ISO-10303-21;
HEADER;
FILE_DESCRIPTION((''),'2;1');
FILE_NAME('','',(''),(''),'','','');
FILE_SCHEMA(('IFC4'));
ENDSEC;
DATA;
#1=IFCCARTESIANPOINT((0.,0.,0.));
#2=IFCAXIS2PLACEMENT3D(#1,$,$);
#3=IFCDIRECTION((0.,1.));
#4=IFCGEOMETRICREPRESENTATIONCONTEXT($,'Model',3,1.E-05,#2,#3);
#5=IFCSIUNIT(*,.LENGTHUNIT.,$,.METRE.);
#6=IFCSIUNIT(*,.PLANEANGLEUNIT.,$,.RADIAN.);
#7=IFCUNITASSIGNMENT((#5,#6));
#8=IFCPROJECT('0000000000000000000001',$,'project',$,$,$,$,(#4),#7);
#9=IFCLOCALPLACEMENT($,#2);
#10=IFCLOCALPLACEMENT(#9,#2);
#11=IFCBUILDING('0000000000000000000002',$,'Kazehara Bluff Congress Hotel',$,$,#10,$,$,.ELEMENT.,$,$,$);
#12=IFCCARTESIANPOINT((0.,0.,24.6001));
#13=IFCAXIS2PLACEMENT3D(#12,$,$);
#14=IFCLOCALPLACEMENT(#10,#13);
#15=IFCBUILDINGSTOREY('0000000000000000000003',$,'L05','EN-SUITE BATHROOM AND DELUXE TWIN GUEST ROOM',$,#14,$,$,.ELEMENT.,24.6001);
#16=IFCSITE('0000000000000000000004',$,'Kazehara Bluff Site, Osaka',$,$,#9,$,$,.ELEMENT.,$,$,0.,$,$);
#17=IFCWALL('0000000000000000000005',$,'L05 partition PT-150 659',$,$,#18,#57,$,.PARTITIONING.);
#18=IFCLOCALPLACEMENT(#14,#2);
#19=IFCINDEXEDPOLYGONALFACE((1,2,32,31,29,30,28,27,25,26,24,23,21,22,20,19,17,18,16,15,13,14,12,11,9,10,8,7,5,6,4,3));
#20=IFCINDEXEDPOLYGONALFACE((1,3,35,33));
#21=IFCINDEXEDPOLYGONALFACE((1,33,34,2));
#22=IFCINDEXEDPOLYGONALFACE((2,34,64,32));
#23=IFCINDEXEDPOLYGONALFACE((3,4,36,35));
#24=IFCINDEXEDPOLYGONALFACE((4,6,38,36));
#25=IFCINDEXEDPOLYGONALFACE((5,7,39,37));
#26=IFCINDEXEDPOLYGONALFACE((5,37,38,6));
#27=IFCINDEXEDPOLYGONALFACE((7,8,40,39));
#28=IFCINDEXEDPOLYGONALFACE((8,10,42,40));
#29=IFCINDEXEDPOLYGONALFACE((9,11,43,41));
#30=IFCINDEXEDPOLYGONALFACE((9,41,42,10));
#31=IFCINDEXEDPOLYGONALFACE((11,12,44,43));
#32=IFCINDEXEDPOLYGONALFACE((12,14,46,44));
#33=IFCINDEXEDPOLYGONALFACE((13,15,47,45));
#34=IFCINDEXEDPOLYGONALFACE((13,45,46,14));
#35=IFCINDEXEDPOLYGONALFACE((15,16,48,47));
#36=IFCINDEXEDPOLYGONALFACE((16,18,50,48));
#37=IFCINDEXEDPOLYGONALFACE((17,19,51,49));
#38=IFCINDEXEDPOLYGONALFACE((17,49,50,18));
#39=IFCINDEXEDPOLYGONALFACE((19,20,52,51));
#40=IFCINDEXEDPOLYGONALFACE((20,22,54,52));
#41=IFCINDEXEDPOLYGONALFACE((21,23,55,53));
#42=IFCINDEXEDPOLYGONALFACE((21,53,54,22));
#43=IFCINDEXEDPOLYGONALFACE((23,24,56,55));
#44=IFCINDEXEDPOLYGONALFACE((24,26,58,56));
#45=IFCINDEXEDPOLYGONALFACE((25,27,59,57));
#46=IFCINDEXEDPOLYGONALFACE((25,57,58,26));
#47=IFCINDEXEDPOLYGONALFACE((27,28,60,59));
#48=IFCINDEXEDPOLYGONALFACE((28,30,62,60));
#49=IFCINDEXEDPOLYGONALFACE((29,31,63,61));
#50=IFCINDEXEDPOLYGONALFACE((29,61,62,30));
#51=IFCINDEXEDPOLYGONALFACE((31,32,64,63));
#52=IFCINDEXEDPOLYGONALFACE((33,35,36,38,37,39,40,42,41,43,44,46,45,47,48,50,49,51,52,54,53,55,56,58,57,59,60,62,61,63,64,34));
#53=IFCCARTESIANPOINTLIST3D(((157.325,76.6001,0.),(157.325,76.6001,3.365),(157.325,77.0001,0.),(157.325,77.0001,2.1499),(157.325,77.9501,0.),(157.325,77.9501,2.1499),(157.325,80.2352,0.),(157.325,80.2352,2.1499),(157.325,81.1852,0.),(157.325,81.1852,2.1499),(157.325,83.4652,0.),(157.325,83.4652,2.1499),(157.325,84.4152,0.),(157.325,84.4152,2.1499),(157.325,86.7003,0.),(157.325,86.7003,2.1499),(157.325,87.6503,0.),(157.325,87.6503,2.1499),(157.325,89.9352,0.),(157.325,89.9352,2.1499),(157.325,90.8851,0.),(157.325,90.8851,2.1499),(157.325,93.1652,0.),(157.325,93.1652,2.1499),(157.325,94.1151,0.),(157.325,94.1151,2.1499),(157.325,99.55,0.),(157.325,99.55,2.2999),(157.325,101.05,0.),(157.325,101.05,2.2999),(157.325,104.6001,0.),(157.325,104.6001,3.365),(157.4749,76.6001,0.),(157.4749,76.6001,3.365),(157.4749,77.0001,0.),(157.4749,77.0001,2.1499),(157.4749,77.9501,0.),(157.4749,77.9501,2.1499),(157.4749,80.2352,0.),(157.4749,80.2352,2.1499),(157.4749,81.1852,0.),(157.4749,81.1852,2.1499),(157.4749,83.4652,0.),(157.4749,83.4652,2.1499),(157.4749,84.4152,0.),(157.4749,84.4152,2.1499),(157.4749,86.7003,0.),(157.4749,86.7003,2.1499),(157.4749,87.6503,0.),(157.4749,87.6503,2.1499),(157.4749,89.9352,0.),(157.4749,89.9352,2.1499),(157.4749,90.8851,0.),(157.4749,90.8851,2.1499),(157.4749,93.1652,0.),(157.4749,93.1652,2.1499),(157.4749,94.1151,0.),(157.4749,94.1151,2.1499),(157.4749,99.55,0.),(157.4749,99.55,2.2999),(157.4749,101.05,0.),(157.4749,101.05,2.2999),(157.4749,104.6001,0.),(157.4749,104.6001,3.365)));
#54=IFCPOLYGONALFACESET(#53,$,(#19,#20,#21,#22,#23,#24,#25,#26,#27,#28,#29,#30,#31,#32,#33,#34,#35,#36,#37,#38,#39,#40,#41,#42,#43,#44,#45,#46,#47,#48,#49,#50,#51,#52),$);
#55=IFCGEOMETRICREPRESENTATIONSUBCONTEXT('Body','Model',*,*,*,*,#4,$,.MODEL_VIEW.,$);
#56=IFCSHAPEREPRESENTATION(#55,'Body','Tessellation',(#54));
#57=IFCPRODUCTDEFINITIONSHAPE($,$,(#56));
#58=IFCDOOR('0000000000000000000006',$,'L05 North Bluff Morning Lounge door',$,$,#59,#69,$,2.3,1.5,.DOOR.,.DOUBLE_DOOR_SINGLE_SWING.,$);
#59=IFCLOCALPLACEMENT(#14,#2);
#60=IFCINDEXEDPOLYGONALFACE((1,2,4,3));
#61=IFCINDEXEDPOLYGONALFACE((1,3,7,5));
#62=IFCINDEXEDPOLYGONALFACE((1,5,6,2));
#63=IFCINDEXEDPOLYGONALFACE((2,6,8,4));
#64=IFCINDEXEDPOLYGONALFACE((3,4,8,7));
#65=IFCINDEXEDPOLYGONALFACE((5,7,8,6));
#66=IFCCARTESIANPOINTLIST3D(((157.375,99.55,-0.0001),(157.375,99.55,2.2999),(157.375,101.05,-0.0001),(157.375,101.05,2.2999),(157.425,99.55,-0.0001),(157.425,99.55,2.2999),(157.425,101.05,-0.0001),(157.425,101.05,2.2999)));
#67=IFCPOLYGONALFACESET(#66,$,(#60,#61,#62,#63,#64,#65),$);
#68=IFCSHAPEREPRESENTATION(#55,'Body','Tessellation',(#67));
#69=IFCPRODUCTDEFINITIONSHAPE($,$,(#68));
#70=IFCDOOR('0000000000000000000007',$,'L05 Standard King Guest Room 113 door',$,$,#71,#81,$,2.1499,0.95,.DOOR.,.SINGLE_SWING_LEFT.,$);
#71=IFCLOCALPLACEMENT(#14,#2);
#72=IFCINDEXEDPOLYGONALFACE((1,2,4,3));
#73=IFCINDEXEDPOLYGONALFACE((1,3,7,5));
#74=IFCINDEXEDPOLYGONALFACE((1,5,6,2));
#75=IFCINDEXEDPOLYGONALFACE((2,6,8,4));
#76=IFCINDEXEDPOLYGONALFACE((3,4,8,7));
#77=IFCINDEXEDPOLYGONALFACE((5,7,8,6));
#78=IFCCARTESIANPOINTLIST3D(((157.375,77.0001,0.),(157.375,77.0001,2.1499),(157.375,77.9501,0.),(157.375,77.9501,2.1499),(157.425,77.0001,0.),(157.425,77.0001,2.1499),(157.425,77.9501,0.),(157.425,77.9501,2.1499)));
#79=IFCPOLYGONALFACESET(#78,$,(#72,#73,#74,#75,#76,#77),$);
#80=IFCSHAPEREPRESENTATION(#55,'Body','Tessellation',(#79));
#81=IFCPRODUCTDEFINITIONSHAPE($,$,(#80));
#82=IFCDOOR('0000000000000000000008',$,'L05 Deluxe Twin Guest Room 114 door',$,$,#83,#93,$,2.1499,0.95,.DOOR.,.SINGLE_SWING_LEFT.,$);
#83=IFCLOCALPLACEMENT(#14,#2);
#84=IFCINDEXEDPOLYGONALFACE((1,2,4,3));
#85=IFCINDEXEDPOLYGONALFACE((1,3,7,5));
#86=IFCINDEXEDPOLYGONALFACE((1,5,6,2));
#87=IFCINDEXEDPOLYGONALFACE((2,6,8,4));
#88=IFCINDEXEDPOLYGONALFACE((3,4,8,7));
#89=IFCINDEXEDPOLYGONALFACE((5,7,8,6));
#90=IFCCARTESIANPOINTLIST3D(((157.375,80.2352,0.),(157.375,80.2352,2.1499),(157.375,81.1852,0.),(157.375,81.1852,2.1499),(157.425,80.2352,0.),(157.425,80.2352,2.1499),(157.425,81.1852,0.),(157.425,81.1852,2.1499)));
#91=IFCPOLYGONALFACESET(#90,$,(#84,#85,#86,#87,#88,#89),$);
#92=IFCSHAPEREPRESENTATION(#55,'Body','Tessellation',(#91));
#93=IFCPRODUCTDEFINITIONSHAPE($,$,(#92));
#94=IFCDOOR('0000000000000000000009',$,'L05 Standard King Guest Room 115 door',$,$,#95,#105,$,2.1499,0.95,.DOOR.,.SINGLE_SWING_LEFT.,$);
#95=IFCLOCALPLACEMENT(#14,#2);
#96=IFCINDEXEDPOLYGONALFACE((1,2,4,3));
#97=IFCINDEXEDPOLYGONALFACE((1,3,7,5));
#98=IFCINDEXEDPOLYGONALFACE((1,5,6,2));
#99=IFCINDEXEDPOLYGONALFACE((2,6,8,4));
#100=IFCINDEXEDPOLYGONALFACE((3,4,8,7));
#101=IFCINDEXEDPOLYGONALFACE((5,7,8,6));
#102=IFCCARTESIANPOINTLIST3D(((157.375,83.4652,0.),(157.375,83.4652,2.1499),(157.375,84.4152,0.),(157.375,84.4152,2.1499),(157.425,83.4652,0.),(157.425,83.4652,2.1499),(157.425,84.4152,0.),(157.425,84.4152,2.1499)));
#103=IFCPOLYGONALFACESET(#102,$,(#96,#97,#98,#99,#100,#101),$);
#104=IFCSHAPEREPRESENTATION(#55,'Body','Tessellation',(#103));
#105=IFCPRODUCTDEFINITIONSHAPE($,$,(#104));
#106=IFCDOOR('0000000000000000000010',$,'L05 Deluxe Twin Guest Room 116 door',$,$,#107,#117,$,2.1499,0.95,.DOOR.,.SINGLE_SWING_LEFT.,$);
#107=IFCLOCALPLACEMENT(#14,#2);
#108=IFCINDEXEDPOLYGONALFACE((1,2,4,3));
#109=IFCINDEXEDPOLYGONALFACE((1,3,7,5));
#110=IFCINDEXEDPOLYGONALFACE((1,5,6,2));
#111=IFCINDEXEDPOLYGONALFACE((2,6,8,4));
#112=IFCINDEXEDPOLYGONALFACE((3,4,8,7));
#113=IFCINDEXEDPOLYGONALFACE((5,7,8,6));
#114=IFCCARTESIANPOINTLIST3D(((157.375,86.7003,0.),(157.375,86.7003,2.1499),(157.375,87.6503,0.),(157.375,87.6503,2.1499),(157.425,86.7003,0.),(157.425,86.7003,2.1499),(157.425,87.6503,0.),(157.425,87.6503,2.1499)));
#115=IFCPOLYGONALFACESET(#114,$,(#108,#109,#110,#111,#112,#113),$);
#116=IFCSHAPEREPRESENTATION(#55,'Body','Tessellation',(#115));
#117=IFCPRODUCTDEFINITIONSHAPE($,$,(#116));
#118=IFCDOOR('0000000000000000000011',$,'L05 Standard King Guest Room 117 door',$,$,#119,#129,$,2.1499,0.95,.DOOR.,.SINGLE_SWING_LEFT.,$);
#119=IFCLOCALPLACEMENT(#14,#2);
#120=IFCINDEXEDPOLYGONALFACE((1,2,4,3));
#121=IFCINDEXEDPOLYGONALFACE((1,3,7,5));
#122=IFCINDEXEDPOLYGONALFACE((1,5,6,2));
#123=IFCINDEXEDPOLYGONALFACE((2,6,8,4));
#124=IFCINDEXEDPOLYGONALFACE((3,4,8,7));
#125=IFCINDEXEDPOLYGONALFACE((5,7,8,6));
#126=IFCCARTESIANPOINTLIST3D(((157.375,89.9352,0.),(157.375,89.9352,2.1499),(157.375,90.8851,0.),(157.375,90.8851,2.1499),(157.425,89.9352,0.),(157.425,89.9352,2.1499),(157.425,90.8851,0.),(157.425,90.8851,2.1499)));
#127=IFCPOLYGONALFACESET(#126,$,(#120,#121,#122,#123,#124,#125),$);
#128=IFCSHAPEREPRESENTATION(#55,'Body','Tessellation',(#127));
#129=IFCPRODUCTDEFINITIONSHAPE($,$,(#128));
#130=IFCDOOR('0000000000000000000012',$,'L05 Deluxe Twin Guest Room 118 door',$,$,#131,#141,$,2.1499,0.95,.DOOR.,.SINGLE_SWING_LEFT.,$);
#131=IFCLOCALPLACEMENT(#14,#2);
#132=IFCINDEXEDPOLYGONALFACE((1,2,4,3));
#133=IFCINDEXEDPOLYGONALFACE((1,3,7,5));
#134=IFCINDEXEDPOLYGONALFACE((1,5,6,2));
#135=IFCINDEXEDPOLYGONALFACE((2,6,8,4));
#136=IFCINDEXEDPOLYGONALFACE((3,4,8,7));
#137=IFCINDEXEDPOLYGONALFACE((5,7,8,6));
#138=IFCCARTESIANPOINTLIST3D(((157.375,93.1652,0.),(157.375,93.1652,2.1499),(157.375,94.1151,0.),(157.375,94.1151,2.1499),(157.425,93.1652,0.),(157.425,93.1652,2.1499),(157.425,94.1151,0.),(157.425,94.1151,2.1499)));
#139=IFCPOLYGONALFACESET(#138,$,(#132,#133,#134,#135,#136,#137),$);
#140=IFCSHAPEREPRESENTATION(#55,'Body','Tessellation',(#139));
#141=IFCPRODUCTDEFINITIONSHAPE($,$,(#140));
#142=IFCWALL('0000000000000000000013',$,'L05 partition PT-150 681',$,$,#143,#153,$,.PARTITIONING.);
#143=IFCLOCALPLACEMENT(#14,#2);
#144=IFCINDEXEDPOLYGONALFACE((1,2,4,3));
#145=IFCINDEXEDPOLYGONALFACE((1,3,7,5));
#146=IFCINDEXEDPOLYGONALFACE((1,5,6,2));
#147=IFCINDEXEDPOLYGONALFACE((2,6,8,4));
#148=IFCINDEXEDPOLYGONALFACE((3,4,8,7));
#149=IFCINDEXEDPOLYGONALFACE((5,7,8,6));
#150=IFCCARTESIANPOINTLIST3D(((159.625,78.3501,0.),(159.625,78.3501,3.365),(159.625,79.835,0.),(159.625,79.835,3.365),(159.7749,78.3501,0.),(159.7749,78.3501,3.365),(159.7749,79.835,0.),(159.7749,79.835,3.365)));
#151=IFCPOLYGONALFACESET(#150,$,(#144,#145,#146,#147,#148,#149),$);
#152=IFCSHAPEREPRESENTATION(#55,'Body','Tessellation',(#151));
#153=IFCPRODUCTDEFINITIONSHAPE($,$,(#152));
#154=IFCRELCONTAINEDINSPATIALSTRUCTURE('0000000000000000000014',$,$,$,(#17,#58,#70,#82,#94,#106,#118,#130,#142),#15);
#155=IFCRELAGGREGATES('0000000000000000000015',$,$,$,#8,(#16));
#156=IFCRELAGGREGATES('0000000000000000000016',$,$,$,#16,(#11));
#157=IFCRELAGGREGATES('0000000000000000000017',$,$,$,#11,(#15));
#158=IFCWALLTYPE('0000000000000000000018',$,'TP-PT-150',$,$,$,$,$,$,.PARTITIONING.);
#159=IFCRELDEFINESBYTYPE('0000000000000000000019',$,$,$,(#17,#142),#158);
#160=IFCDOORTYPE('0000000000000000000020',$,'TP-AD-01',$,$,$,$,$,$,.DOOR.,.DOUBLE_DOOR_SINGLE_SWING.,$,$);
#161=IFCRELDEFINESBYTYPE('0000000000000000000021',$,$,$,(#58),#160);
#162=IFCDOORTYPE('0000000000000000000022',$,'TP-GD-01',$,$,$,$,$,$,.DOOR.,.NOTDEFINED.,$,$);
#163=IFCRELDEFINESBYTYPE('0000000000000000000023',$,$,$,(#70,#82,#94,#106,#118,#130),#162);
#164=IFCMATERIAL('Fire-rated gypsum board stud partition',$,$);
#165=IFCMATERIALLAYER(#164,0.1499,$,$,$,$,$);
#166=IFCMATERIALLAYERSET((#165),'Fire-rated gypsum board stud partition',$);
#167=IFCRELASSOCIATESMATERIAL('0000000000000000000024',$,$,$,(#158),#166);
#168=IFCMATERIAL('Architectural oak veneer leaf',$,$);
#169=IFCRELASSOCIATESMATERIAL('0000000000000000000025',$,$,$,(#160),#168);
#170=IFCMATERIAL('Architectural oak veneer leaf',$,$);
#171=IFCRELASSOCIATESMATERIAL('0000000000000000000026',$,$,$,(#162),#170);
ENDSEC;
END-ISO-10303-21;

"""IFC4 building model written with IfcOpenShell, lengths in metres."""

from ifc_helpers import new_model, si_unit, direction, frame, frame_2d, origin, place, context, subcontext, project, spatial, rectangle, extrude, material, layer, layer_set, type_object, element, fill, save


model = new_model("IFC4")

# Units and contexts
model_context = context("Model", 3, precision=1e-05, world=origin(), true_north=direction((0.0, 1.0)))
body_context = subcontext(model_context, "Body", "Model", "MODEL_VIEW")
ifc_project = project(units=[si_unit("LENGTHUNIT", "METRE"), si_unit("PLANEANGLEUNIT", "RADIAN")], contexts=[model_context])

# Site, building, storey
site_placement = place(None, origin())
site = spatial("IfcSite", under=ifc_project, at=site_placement, Name="Kazehara Bluff Site, Osaka", CompositionType="ELEMENT", RefElevation=0.0)
building_placement = place(site_placement, origin())
building = spatial("IfcBuilding", under=site, at=building_placement, Name="Kazehara Bluff Congress Hotel", CompositionType="ELEMENT")
storey_placement = place(building_placement, frame((0.0, 0.0, 24.6001)))
storey = spatial("IfcBuildingStorey", under=building, at=storey_placement, Name="L05", Description="EN-SUITE BATHROOM AND DELUXE TWIN GUEST ROOM", CompositionType="ELEMENT", Elevation=24.6001)

# Shared definitions
ifc_material_1 = material(Name="Fire-rated gypsum board stud partition")
ifc_layer_1 = layer(ifc_material_1, 0.1499)
ifc_layer_set_1 = layer_set([ifc_layer_1], Name="Fire-rated gypsum board stud partition")
wall_type_1 = type_object("IfcWallType", Name="TP-PT-150", PredefinedType="PARTITIONING", material=ifc_layer_set_1)

# Wall, openings, doors
wall_1_placement = place(storey_placement, frame((157.3999, 76.6001, 0.0), z_axis=(0.0, 0.0, 1.0), x_axis=(0.0, 1.0, 0.0)))
wall_1 = element("IfcWall", 1, at=wall_1_placement, inside=storey, type_object=wall_type_1, Name="L05 partition PT-150 659", PredefinedType="PARTITIONING", context=body_context, shape_type="SweptSolid", body=[
    extrude(rectangle(XDim=28.0, YDim=0.1499, at=frame_2d((14.0, 0.0))), origin(), (0.0, 0.0, 1.0), 3.365),
])
opening_1_placement = place(wall_1_placement, frame((22.95, 0.0, 0.0)))
opening_1 = element("IfcOpeningElement", 2, at=opening_1_placement, cuts=wall_1, PredefinedType="OPENING", context=body_context, shape_type="SweptSolid", body=[
    extrude(rectangle(XDim=1.5, YDim=2.3, at=frame_2d((0.75, 1.1499))), frame((0.0, 0.085, 0.0), z_axis=(0.0, -1.0, 0.0), x_axis=(1.0, 0.0, 0.0)), (0.0, 0.0, 1.0), 0.1699),
])
opening_2_placement = place(wall_1_placement, frame((0.3999, 0.0, 0.0)))
opening_2 = element("IfcOpeningElement", 3, at=opening_2_placement, cuts=wall_1, PredefinedType="OPENING", context=body_context, shape_type="SweptSolid", body=[
    extrude(rectangle(XDim=0.95, YDim=2.1499, at=frame_2d((0.4751, 1.075))), frame((0.0, 0.085, 0.0), z_axis=(0.0, -1.0, 0.0), x_axis=(1.0, 0.0, 0.0)), (0.0, 0.0, 1.0), 0.1699),
])
opening_3_placement = place(wall_1_placement, frame((3.635, 0.0, 0.0)))
opening_3 = element("IfcOpeningElement", 4, at=opening_3_placement, cuts=wall_1, PredefinedType="OPENING", context=body_context, shape_type="SweptSolid", body=[
    extrude(rectangle(XDim=0.95, YDim=2.1499, at=frame_2d((0.4751, 1.075))), frame((0.0, 0.085, 0.0), z_axis=(0.0, -1.0, 0.0), x_axis=(1.0, 0.0, 0.0)), (0.0, 0.0, 1.0), 0.1699),
])
opening_4_placement = place(wall_1_placement, frame((6.865, 0.0, 0.0)))
opening_4 = element("IfcOpeningElement", 5, at=opening_4_placement, cuts=wall_1, PredefinedType="OPENING", context=body_context, shape_type="SweptSolid", body=[
    extrude(rectangle(XDim=0.95, YDim=2.1499, at=frame_2d((0.4751, 1.075))), frame((0.0, 0.085, 0.0), z_axis=(0.0, -1.0, 0.0), x_axis=(1.0, 0.0, 0.0)), (0.0, 0.0, 1.0), 0.1699),
])
opening_5_placement = place(wall_1_placement, frame((10.1001, 0.0, 0.0)))
opening_5 = element("IfcOpeningElement", 6, at=opening_5_placement, cuts=wall_1, PredefinedType="OPENING", context=body_context, shape_type="SweptSolid", body=[
    extrude(rectangle(XDim=0.95, YDim=2.1499, at=frame_2d((0.4751, 1.075))), frame((0.0, 0.085, 0.0), z_axis=(0.0, -1.0, 0.0), x_axis=(1.0, 0.0, 0.0)), (0.0, 0.0, 1.0), 0.1699),
])
opening_6_placement = place(wall_1_placement, frame((13.335, 0.0, 0.0)))
opening_6 = element("IfcOpeningElement", 7, at=opening_6_placement, cuts=wall_1, PredefinedType="OPENING", context=body_context, shape_type="SweptSolid", body=[
    extrude(rectangle(XDim=0.95, YDim=2.1499, at=frame_2d((0.4751, 1.075))), frame((0.0, 0.085, 0.0), z_axis=(0.0, -1.0, 0.0), x_axis=(1.0, 0.0, 0.0)), (0.0, 0.0, 1.0), 0.1699),
])
opening_7_placement = place(wall_1_placement, frame((16.5649, 0.0, 0.0)))
opening_7 = element("IfcOpeningElement", 8, at=opening_7_placement, cuts=wall_1, PredefinedType="OPENING", context=body_context, shape_type="SweptSolid", body=[
    extrude(rectangle(XDim=0.95, YDim=2.1499, at=frame_2d((0.4751, 1.075))), frame((0.0, 0.085, 0.0), z_axis=(0.0, -1.0, 0.0), x_axis=(1.0, 0.0, 0.0)), (0.0, 0.0, 1.0), 0.1699),
])
ifc_material_2 = material(Name="Architectural oak veneer leaf")
door_type_1 = type_object("IfcDoorType", Name="TP-AD-01", OperationType="DOUBLE_DOOR_SINGLE_SWING", PredefinedType="DOOR", material=ifc_material_2)
door_1_placement = place(opening_1_placement, origin())
door_1 = element("IfcDoor", 9, at=door_1_placement, inside=storey, type_object=door_type_1, Name="L05 North Bluff Morning Lounge door", OperationType="DOUBLE_DOOR_SINGLE_SWING", OverallHeight=2.3, OverallWidth=1.5, PredefinedType="DOOR", context=body_context, shape_type="SweptSolid", body=[
    extrude(rectangle(XDim=1.5, YDim=2.3, at=frame_2d((0.75, 1.1499))), frame((0.0, 0.0249, 0.0), z_axis=(0.0, -1.0, 0.0), x_axis=(1.0, 0.0, 0.0)), (0.0, 0.0, 1.0), 0.05),
])
fill(opening_1, door_1)
ifc_material_3 = material(Name="Architectural oak veneer leaf")
door_type_2 = type_object("IfcDoorType", Name="TP-GD-01", OperationType="NOTDEFINED", PredefinedType="DOOR", material=ifc_material_3)
door_2_placement = place(opening_2_placement, origin())
door_2 = element("IfcDoor", 10, at=door_2_placement, inside=storey, type_object=door_type_2, Name="L05 Standard King Guest Room 113 door", OperationType="SINGLE_SWING_LEFT", OverallHeight=2.1499, OverallWidth=0.95, PredefinedType="DOOR", context=body_context, shape_type="SweptSolid", body=[
    extrude(rectangle(XDim=0.95, YDim=2.1499, at=frame_2d((0.4751, 1.075))), frame((0.0, 0.0249, 0.0), z_axis=(0.0, -1.0, 0.0), x_axis=(1.0, 0.0, 0.0)), (0.0, 0.0, 1.0), 0.05),
])
fill(opening_2, door_2)
door_3_placement = place(opening_3_placement, origin())
door_3 = element("IfcDoor", 11, at=door_3_placement, inside=storey, type_object=door_type_2, Name="L05 Deluxe Twin Guest Room 114 door", OperationType="SINGLE_SWING_LEFT", OverallHeight=2.1499, OverallWidth=0.95, PredefinedType="DOOR", context=body_context, shape_type="SweptSolid", body=[
    extrude(rectangle(XDim=0.95, YDim=2.1499, at=frame_2d((0.4751, 1.075))), frame((0.0, 0.0249, 0.0), z_axis=(0.0, -1.0, 0.0), x_axis=(1.0, 0.0, 0.0)), (0.0, 0.0, 1.0), 0.05),
])
fill(opening_3, door_3)
door_4_placement = place(opening_4_placement, origin())
door_4 = element("IfcDoor", 12, at=door_4_placement, inside=storey, type_object=door_type_2, Name="L05 Standard King Guest Room 115 door", OperationType="SINGLE_SWING_LEFT", OverallHeight=2.1499, OverallWidth=0.95, PredefinedType="DOOR", context=body_context, shape_type="SweptSolid", body=[
    extrude(rectangle(XDim=0.95, YDim=2.1499, at=frame_2d((0.4751, 1.075))), frame((0.0, 0.0249, 0.0), z_axis=(0.0, -1.0, 0.0), x_axis=(1.0, 0.0, 0.0)), (0.0, 0.0, 1.0), 0.05),
])
fill(opening_4, door_4)
door_5_placement = place(opening_5_placement, origin())
door_5 = element("IfcDoor", 13, at=door_5_placement, inside=storey, type_object=door_type_2, Name="L05 Deluxe Twin Guest Room 116 door", OperationType="SINGLE_SWING_LEFT", OverallHeight=2.1499, OverallWidth=0.95, PredefinedType="DOOR", context=body_context, shape_type="SweptSolid", body=[
    extrude(rectangle(XDim=0.95, YDim=2.1499, at=frame_2d((0.4751, 1.075))), frame((0.0, 0.0249, 0.0), z_axis=(0.0, -1.0, 0.0), x_axis=(1.0, 0.0, 0.0)), (0.0, 0.0, 1.0), 0.05),
])
fill(opening_5, door_5)
door_6_placement = place(opening_6_placement, origin())
door_6 = element("IfcDoor", 14, at=door_6_placement, inside=storey, type_object=door_type_2, Name="L05 Standard King Guest Room 117 door", OperationType="SINGLE_SWING_LEFT", OverallHeight=2.1499, OverallWidth=0.95, PredefinedType="DOOR", context=body_context, shape_type="SweptSolid", body=[
    extrude(rectangle(XDim=0.95, YDim=2.1499, at=frame_2d((0.4751, 1.075))), frame((0.0, 0.0249, 0.0), z_axis=(0.0, -1.0, 0.0), x_axis=(1.0, 0.0, 0.0)), (0.0, 0.0, 1.0), 0.05),
])
fill(opening_6, door_6)
door_7_placement = place(opening_7_placement, origin())
door_7 = element("IfcDoor", 15, at=door_7_placement, inside=storey, type_object=door_type_2, Name="L05 Deluxe Twin Guest Room 118 door", OperationType="SINGLE_SWING_LEFT", OverallHeight=2.1499, OverallWidth=0.95, PredefinedType="DOOR", context=body_context, shape_type="SweptSolid", body=[
    extrude(rectangle(XDim=0.95, YDim=2.1499, at=frame_2d((0.4751, 1.075))), frame((0.0, 0.0249, 0.0), z_axis=(0.0, -1.0, 0.0), x_axis=(1.0, 0.0, 0.0)), (0.0, 0.0, 1.0), 0.05),
])
fill(opening_7, door_7)

# Wall
wall_2_placement = place(storey_placement, frame((159.7, 78.3501, 0.0), z_axis=(0.0, 0.0, 1.0), x_axis=(0.0, 1.0, 0.0)))
element("IfcWall", 16, at=wall_2_placement, inside=storey, type_object=wall_type_1, Name="L05 partition PT-150 681", PredefinedType="PARTITIONING", context=body_context, shape_type="SweptSolid", body=[
    extrude(rectangle(XDim=1.4849, YDim=0.1499, at=frame_2d((0.7424, 0.0))), origin(), (0.0, 0.0, 1.0), 3.365),
])

save(model, "model.ifc")
